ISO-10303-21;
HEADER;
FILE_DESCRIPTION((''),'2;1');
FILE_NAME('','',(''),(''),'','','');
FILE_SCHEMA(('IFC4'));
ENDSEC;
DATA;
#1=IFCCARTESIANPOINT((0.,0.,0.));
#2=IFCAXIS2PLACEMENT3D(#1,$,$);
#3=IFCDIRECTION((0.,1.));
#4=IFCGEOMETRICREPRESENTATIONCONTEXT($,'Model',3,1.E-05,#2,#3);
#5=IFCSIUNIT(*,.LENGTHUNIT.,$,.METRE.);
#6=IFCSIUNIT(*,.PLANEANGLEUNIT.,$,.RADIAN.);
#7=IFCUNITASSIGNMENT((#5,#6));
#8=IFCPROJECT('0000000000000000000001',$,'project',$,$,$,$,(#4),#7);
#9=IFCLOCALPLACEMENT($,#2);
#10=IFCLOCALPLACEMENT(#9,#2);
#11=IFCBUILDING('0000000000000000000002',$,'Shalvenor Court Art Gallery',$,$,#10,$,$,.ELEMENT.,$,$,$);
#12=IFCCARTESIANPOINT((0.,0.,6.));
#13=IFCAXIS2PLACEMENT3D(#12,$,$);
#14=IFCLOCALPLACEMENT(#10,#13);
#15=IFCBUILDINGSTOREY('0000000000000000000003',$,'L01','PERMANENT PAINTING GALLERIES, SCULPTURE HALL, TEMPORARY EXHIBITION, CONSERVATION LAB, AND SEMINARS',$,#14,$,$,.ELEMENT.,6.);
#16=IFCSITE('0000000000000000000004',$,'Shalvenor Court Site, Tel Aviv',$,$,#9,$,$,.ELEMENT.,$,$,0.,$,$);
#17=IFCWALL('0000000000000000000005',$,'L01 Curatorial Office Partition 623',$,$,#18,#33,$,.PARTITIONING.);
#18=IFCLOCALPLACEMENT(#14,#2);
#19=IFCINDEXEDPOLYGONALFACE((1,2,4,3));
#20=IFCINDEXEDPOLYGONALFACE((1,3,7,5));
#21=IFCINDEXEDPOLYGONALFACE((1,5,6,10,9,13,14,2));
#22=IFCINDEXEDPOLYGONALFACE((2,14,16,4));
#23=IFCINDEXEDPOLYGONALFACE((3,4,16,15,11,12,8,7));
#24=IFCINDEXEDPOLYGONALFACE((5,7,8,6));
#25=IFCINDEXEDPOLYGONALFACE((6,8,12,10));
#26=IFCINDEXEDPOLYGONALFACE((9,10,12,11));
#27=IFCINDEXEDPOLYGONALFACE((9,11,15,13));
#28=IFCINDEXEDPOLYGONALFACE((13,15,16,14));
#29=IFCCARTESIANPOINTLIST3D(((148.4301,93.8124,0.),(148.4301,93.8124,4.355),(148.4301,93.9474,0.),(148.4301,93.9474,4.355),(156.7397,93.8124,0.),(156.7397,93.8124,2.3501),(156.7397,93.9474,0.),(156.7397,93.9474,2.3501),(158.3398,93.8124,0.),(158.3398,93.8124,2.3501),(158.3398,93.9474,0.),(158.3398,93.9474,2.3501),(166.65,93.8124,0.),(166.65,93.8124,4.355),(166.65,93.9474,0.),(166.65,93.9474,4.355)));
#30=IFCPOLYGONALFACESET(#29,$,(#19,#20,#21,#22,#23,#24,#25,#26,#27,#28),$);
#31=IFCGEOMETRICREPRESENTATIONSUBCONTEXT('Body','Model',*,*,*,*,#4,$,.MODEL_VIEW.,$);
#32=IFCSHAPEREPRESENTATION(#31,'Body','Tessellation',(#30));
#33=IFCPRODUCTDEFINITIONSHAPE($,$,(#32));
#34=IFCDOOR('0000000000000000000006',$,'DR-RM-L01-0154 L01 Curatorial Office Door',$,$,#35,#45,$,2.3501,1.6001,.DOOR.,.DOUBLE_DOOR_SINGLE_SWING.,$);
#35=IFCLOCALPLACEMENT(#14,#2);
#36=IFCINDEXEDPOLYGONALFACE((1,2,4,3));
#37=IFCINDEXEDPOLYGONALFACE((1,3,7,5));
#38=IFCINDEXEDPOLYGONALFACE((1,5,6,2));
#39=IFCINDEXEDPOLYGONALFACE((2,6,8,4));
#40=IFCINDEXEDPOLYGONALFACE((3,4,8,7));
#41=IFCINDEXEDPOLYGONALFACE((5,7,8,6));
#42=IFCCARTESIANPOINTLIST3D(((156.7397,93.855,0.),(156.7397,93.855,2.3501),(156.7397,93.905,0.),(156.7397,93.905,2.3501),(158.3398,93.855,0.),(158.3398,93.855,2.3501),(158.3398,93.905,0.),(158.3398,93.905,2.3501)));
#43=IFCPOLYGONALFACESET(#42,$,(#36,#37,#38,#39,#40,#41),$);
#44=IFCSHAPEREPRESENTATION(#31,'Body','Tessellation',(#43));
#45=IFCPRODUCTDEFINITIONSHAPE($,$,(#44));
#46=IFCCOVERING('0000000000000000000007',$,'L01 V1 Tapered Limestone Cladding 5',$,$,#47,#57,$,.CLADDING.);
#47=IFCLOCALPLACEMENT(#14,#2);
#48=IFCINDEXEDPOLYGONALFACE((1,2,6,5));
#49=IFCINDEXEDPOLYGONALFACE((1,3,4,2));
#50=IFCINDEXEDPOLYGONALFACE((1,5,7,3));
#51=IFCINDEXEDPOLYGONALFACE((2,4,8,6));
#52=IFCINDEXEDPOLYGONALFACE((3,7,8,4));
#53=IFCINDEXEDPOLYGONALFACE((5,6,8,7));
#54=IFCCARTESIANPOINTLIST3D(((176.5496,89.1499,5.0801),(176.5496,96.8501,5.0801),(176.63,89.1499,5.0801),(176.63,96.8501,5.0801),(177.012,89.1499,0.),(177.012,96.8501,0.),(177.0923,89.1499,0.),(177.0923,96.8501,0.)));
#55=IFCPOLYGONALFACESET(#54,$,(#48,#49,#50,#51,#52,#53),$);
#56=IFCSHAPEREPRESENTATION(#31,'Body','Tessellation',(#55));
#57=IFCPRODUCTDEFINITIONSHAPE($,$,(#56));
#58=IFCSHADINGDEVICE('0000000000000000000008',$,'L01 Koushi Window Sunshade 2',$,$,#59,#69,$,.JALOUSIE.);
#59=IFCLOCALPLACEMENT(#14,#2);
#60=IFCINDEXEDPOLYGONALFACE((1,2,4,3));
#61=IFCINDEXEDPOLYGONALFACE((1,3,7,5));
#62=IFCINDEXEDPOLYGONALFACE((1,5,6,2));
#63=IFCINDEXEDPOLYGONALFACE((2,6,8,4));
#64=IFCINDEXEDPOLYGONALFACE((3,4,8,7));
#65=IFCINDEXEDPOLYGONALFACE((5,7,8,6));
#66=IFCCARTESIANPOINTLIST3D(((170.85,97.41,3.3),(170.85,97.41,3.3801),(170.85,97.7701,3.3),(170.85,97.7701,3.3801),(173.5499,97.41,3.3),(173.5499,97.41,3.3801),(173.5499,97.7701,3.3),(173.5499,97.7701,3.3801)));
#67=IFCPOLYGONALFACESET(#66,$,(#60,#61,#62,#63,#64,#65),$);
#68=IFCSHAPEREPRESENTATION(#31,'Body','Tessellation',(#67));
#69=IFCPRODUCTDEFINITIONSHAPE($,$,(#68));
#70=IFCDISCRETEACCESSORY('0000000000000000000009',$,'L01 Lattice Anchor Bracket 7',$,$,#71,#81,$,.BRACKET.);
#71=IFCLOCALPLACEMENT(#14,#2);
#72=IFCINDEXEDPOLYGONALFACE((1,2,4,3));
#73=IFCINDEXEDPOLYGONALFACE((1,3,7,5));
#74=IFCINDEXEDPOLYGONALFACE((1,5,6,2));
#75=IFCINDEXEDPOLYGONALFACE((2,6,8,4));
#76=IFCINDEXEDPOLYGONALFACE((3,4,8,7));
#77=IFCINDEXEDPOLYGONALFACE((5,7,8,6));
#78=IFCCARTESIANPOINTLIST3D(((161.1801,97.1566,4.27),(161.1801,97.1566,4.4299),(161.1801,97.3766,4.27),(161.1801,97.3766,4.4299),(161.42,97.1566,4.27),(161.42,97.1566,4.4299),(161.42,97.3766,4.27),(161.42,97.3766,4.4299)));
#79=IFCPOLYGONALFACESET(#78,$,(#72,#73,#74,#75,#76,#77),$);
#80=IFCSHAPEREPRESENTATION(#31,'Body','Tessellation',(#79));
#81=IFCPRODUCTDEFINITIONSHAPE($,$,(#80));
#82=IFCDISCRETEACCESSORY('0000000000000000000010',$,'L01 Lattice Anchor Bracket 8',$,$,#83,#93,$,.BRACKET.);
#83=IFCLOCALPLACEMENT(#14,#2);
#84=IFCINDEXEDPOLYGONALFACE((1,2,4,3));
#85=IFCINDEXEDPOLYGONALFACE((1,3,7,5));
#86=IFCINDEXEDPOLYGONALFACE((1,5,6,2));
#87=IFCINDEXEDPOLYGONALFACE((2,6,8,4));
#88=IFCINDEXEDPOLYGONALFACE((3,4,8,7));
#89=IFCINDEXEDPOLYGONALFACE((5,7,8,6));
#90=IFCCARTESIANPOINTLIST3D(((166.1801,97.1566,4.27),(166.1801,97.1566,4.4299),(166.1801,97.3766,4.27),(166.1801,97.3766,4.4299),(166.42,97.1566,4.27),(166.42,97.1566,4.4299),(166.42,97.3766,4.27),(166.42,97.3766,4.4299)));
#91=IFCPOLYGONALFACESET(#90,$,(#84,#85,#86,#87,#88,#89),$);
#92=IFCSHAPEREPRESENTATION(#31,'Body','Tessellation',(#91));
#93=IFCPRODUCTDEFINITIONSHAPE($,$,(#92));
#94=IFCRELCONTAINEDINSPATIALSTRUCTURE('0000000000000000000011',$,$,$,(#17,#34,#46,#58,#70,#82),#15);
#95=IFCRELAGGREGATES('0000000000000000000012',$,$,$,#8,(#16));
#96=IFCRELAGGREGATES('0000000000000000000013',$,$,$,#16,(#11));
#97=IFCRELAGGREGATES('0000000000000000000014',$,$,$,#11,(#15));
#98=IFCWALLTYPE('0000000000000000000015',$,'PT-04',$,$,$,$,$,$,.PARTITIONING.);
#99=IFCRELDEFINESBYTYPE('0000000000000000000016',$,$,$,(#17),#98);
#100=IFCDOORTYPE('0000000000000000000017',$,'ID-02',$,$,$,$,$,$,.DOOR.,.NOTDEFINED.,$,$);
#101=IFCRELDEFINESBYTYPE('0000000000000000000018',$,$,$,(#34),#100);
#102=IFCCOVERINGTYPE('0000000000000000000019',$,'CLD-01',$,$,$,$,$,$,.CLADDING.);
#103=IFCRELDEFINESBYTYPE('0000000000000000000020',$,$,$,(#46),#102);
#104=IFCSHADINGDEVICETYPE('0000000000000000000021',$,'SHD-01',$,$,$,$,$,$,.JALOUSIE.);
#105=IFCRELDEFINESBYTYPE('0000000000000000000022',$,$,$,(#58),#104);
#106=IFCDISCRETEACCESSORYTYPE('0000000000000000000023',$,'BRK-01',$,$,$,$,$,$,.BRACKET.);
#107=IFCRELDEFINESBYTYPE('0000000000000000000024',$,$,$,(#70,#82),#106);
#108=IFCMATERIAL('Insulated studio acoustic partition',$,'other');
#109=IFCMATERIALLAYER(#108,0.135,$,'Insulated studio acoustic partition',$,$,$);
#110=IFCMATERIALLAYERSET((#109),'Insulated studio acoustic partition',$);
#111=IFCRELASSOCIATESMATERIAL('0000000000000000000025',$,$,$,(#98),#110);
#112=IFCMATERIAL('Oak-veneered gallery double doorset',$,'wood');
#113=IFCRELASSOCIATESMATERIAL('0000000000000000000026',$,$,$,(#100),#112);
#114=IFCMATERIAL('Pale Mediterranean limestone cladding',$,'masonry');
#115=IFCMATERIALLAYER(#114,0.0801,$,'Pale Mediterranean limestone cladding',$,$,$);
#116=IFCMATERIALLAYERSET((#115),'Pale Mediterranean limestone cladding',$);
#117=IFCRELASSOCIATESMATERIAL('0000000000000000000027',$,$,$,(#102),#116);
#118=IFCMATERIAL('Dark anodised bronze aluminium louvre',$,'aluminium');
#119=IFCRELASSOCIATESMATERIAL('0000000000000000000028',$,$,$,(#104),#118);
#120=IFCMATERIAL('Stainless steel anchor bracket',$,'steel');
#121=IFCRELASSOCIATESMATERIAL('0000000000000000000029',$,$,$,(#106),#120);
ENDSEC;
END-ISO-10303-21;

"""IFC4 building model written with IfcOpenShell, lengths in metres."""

from ifc_helpers import new_model, si_unit, direction, frame, frame_2d, origin, origin_2d, place, context, subcontext, project, spatial, polyline, rectangle, outline, extrude, material, layer, layer_set, type_object, element, fill, save


model = new_model("IFC4")

# Units and contexts
model_context = context("Model", 3, precision=1e-05, world=origin(), true_north=direction((0.0, 1.0)))
body_context = subcontext(model_context, "Body", "Model", "MODEL_VIEW")
ifc_project = project(units=[si_unit("LENGTHUNIT", "METRE"), si_unit("PLANEANGLEUNIT", "RADIAN")], contexts=[model_context])

# Site, building, storey
site_placement = place(None, origin())
site = spatial("IfcSite", under=ifc_project, at=site_placement, Name="Shalvenor Court Site, Tel Aviv", CompositionType="ELEMENT", RefElevation=0.0)
building_placement = place(site_placement, origin())
building = spatial("IfcBuilding", under=site, at=building_placement, Name="Shalvenor Court Art Gallery", CompositionType="ELEMENT")
storey_placement = place(building_placement, frame((0.0, 0.0, 6.0)))
storey = spatial("IfcBuildingStorey", under=building, at=storey_placement, Name="L01", Description="PERMANENT PAINTING GALLERIES, SCULPTURE HALL, TEMPORARY EXHIBITION, CONSERVATION LAB, AND SEMINARS", CompositionType="ELEMENT", Elevation=6.0)

# Wall, opening, door
ifc_material_1 = material(Name="Insulated studio acoustic partition", Category="other")
ifc_layer_1 = layer(ifc_material_1, 0.135, Name="Insulated studio acoustic partition")
ifc_layer_set_1 = layer_set([ifc_layer_1], Name="Insulated studio acoustic partition")
wall_type_1 = type_object("IfcWallType", Name="PT-04", PredefinedType="PARTITIONING", material=ifc_layer_set_1)
wall_1_placement = place(storey_placement, frame((166.6499, 93.8799, 0.0), z_axis=(0.0, 0.0, 1.0), x_axis=(-1.0, 0.0, 0.0)))
wall_1 = element("IfcWall", 1, at=wall_1_placement, inside=storey, type_object=wall_type_1, Name="L01 Curatorial Office Partition 623", PredefinedType="PARTITIONING", context=body_context, shape_type="SweptSolid", body=[
    extrude(rectangle(XDim=18.22, YDim=0.135, at=frame_2d((9.1099, 0.0))), origin(), (0.0, 0.0, 1.0), 4.355),
])
opening_1_placement = place(wall_1_placement, frame((8.3101, 0.0, 0.0)))
opening_1 = element("IfcOpeningElement", 2, at=opening_1_placement, cuts=wall_1, PredefinedType="OPENING", context=body_context, shape_type="SweptSolid", body=[
    extrude(rectangle(XDim=1.6001, YDim=2.3501, at=frame_2d((0.8, 1.175))), frame((0.0, 0.0774, 0.0), z_axis=(0.0, -1.0, 0.0), x_axis=(1.0, 0.0, 0.0)), (0.0, 0.0, 1.0), 0.155),
])
ifc_material_2 = material(Name="Oak-veneered gallery double doorset", Category="wood")
door_type = type_object("IfcDoorType", Name="ID-02", OperationType="NOTDEFINED", PredefinedType="DOOR", material=ifc_material_2)
door_placement = place(opening_1_placement, origin())
door = element("IfcDoor", 3, at=door_placement, inside=storey, type_object=door_type, Name="DR-RM-L01-0154 L01 Curatorial Office Door", OperationType="DOUBLE_DOOR_SINGLE_SWING", OverallHeight=2.3501, OverallWidth=1.6001, PredefinedType="DOOR", context=body_context, shape_type="SweptSolid", body=[
    extrude(rectangle(XDim=1.6001, YDim=2.3501, at=frame_2d((0.8, 1.175))), frame((0.0, 0.0249, 0.0), z_axis=(0.0, -1.0, 0.0), x_axis=(1.0, 0.0, 0.0)), (0.0, 0.0, 1.0), 0.05),
])
fill(opening_1, door)

# Covering
ifc_material_3 = material(Name="Pale Mediterranean limestone cladding", Category="masonry")
ifc_layer_2 = layer(ifc_material_3, 0.0801, Name="Pale Mediterranean limestone cladding")
ifc_layer_set_2 = layer_set([ifc_layer_2], Name="Pale Mediterranean limestone cladding")
covering_type = type_object("IfcCoveringType", Name="CLD-01", PredefinedType="CLADDING", material=ifc_layer_set_2)
covering_placement = place(storey_placement, frame((177.0923, 89.1499, 0.0), z_axis=(0.0, 0.0, 1.0), x_axis=(0.0, 1.0, 0.0)))
element("IfcCovering", 4, at=covering_placement, inside=storey, type_object=covering_type, Name="L01 V1 Tapered Limestone Cladding 5", PredefinedType="CLADDING", context=body_context, shape_type="SweptSolid", body=[
    extrude(outline(polyline([(0.0, 0.0), (7.7002, 0.0), (7.7002, 5.1011), (0.0, 5.1011), (0.0, 0.0)])), frame((0.0, 0.0, 0.0), z_axis=(0.0, -0.995884, 0.090633), x_axis=(1.0, 0.0, 0.0)), (0.0, 0.090633, -0.995884), 0.0803),
])

# Shading device
ifc_material_4 = material(Name="Dark anodised bronze aluminium louvre", Category="aluminium")
shading_device_type = type_object("IfcShadingDeviceType", Name="SHD-01", PredefinedType="JALOUSIE", material=ifc_material_4)
shading_device_placement = place(storey_placement, frame((172.2, 97.5901, 3.3), z_axis=(0.0, 0.0, 1.0), x_axis=(1.0, 0.0, 0.0)))
element("IfcShadingDevice", 5, at=shading_device_placement, inside=storey, type_object=shading_device_type, Name="L01 Koushi Window Sunshade 2", PredefinedType="JALOUSIE", context=body_context, shape_type="SweptSolid", body=[
    extrude(rectangle(XDim=2.7, YDim=0.3601, at=origin_2d()), origin(), (0.0, 0.0, 1.0), 0.0801),
])

# Discrete accessories
ifc_material_5 = material(Name="Stainless steel anchor bracket", Category="steel")
discrete_accessory_type = type_object("IfcDiscreteAccessoryType", Name="BRK-01", PredefinedType="BRACKET", material=ifc_material_5)
for number, where, z_axis, x_axis, name in (
    (6, (161.3, 97.2666, 4.27), (0.0, 0.0, 1.0), (1.0, 0.0, 0.0), "L01 Lattice Anchor Bracket 7"),
    (7, (166.3, 97.2666, 4.27), (0.0, 0.0, 1.0), (1.0, 0.0, 0.0), "L01 Lattice Anchor Bracket 8"),
):
    element("IfcDiscreteAccessory", number, at=place(storey_placement, frame(where, z_axis=z_axis, x_axis=x_axis)), inside=storey, type_object=discrete_accessory_type, Name=name, PredefinedType="BRACKET", context=body_context, shape_type="SweptSolid", body=[
        extrude(rectangle(XDim=0.24, YDim=0.22, at=origin_2d()), origin(), (0.0, 0.0, 1.0), 0.1599),
    ])

save(model, "model.ifc")
